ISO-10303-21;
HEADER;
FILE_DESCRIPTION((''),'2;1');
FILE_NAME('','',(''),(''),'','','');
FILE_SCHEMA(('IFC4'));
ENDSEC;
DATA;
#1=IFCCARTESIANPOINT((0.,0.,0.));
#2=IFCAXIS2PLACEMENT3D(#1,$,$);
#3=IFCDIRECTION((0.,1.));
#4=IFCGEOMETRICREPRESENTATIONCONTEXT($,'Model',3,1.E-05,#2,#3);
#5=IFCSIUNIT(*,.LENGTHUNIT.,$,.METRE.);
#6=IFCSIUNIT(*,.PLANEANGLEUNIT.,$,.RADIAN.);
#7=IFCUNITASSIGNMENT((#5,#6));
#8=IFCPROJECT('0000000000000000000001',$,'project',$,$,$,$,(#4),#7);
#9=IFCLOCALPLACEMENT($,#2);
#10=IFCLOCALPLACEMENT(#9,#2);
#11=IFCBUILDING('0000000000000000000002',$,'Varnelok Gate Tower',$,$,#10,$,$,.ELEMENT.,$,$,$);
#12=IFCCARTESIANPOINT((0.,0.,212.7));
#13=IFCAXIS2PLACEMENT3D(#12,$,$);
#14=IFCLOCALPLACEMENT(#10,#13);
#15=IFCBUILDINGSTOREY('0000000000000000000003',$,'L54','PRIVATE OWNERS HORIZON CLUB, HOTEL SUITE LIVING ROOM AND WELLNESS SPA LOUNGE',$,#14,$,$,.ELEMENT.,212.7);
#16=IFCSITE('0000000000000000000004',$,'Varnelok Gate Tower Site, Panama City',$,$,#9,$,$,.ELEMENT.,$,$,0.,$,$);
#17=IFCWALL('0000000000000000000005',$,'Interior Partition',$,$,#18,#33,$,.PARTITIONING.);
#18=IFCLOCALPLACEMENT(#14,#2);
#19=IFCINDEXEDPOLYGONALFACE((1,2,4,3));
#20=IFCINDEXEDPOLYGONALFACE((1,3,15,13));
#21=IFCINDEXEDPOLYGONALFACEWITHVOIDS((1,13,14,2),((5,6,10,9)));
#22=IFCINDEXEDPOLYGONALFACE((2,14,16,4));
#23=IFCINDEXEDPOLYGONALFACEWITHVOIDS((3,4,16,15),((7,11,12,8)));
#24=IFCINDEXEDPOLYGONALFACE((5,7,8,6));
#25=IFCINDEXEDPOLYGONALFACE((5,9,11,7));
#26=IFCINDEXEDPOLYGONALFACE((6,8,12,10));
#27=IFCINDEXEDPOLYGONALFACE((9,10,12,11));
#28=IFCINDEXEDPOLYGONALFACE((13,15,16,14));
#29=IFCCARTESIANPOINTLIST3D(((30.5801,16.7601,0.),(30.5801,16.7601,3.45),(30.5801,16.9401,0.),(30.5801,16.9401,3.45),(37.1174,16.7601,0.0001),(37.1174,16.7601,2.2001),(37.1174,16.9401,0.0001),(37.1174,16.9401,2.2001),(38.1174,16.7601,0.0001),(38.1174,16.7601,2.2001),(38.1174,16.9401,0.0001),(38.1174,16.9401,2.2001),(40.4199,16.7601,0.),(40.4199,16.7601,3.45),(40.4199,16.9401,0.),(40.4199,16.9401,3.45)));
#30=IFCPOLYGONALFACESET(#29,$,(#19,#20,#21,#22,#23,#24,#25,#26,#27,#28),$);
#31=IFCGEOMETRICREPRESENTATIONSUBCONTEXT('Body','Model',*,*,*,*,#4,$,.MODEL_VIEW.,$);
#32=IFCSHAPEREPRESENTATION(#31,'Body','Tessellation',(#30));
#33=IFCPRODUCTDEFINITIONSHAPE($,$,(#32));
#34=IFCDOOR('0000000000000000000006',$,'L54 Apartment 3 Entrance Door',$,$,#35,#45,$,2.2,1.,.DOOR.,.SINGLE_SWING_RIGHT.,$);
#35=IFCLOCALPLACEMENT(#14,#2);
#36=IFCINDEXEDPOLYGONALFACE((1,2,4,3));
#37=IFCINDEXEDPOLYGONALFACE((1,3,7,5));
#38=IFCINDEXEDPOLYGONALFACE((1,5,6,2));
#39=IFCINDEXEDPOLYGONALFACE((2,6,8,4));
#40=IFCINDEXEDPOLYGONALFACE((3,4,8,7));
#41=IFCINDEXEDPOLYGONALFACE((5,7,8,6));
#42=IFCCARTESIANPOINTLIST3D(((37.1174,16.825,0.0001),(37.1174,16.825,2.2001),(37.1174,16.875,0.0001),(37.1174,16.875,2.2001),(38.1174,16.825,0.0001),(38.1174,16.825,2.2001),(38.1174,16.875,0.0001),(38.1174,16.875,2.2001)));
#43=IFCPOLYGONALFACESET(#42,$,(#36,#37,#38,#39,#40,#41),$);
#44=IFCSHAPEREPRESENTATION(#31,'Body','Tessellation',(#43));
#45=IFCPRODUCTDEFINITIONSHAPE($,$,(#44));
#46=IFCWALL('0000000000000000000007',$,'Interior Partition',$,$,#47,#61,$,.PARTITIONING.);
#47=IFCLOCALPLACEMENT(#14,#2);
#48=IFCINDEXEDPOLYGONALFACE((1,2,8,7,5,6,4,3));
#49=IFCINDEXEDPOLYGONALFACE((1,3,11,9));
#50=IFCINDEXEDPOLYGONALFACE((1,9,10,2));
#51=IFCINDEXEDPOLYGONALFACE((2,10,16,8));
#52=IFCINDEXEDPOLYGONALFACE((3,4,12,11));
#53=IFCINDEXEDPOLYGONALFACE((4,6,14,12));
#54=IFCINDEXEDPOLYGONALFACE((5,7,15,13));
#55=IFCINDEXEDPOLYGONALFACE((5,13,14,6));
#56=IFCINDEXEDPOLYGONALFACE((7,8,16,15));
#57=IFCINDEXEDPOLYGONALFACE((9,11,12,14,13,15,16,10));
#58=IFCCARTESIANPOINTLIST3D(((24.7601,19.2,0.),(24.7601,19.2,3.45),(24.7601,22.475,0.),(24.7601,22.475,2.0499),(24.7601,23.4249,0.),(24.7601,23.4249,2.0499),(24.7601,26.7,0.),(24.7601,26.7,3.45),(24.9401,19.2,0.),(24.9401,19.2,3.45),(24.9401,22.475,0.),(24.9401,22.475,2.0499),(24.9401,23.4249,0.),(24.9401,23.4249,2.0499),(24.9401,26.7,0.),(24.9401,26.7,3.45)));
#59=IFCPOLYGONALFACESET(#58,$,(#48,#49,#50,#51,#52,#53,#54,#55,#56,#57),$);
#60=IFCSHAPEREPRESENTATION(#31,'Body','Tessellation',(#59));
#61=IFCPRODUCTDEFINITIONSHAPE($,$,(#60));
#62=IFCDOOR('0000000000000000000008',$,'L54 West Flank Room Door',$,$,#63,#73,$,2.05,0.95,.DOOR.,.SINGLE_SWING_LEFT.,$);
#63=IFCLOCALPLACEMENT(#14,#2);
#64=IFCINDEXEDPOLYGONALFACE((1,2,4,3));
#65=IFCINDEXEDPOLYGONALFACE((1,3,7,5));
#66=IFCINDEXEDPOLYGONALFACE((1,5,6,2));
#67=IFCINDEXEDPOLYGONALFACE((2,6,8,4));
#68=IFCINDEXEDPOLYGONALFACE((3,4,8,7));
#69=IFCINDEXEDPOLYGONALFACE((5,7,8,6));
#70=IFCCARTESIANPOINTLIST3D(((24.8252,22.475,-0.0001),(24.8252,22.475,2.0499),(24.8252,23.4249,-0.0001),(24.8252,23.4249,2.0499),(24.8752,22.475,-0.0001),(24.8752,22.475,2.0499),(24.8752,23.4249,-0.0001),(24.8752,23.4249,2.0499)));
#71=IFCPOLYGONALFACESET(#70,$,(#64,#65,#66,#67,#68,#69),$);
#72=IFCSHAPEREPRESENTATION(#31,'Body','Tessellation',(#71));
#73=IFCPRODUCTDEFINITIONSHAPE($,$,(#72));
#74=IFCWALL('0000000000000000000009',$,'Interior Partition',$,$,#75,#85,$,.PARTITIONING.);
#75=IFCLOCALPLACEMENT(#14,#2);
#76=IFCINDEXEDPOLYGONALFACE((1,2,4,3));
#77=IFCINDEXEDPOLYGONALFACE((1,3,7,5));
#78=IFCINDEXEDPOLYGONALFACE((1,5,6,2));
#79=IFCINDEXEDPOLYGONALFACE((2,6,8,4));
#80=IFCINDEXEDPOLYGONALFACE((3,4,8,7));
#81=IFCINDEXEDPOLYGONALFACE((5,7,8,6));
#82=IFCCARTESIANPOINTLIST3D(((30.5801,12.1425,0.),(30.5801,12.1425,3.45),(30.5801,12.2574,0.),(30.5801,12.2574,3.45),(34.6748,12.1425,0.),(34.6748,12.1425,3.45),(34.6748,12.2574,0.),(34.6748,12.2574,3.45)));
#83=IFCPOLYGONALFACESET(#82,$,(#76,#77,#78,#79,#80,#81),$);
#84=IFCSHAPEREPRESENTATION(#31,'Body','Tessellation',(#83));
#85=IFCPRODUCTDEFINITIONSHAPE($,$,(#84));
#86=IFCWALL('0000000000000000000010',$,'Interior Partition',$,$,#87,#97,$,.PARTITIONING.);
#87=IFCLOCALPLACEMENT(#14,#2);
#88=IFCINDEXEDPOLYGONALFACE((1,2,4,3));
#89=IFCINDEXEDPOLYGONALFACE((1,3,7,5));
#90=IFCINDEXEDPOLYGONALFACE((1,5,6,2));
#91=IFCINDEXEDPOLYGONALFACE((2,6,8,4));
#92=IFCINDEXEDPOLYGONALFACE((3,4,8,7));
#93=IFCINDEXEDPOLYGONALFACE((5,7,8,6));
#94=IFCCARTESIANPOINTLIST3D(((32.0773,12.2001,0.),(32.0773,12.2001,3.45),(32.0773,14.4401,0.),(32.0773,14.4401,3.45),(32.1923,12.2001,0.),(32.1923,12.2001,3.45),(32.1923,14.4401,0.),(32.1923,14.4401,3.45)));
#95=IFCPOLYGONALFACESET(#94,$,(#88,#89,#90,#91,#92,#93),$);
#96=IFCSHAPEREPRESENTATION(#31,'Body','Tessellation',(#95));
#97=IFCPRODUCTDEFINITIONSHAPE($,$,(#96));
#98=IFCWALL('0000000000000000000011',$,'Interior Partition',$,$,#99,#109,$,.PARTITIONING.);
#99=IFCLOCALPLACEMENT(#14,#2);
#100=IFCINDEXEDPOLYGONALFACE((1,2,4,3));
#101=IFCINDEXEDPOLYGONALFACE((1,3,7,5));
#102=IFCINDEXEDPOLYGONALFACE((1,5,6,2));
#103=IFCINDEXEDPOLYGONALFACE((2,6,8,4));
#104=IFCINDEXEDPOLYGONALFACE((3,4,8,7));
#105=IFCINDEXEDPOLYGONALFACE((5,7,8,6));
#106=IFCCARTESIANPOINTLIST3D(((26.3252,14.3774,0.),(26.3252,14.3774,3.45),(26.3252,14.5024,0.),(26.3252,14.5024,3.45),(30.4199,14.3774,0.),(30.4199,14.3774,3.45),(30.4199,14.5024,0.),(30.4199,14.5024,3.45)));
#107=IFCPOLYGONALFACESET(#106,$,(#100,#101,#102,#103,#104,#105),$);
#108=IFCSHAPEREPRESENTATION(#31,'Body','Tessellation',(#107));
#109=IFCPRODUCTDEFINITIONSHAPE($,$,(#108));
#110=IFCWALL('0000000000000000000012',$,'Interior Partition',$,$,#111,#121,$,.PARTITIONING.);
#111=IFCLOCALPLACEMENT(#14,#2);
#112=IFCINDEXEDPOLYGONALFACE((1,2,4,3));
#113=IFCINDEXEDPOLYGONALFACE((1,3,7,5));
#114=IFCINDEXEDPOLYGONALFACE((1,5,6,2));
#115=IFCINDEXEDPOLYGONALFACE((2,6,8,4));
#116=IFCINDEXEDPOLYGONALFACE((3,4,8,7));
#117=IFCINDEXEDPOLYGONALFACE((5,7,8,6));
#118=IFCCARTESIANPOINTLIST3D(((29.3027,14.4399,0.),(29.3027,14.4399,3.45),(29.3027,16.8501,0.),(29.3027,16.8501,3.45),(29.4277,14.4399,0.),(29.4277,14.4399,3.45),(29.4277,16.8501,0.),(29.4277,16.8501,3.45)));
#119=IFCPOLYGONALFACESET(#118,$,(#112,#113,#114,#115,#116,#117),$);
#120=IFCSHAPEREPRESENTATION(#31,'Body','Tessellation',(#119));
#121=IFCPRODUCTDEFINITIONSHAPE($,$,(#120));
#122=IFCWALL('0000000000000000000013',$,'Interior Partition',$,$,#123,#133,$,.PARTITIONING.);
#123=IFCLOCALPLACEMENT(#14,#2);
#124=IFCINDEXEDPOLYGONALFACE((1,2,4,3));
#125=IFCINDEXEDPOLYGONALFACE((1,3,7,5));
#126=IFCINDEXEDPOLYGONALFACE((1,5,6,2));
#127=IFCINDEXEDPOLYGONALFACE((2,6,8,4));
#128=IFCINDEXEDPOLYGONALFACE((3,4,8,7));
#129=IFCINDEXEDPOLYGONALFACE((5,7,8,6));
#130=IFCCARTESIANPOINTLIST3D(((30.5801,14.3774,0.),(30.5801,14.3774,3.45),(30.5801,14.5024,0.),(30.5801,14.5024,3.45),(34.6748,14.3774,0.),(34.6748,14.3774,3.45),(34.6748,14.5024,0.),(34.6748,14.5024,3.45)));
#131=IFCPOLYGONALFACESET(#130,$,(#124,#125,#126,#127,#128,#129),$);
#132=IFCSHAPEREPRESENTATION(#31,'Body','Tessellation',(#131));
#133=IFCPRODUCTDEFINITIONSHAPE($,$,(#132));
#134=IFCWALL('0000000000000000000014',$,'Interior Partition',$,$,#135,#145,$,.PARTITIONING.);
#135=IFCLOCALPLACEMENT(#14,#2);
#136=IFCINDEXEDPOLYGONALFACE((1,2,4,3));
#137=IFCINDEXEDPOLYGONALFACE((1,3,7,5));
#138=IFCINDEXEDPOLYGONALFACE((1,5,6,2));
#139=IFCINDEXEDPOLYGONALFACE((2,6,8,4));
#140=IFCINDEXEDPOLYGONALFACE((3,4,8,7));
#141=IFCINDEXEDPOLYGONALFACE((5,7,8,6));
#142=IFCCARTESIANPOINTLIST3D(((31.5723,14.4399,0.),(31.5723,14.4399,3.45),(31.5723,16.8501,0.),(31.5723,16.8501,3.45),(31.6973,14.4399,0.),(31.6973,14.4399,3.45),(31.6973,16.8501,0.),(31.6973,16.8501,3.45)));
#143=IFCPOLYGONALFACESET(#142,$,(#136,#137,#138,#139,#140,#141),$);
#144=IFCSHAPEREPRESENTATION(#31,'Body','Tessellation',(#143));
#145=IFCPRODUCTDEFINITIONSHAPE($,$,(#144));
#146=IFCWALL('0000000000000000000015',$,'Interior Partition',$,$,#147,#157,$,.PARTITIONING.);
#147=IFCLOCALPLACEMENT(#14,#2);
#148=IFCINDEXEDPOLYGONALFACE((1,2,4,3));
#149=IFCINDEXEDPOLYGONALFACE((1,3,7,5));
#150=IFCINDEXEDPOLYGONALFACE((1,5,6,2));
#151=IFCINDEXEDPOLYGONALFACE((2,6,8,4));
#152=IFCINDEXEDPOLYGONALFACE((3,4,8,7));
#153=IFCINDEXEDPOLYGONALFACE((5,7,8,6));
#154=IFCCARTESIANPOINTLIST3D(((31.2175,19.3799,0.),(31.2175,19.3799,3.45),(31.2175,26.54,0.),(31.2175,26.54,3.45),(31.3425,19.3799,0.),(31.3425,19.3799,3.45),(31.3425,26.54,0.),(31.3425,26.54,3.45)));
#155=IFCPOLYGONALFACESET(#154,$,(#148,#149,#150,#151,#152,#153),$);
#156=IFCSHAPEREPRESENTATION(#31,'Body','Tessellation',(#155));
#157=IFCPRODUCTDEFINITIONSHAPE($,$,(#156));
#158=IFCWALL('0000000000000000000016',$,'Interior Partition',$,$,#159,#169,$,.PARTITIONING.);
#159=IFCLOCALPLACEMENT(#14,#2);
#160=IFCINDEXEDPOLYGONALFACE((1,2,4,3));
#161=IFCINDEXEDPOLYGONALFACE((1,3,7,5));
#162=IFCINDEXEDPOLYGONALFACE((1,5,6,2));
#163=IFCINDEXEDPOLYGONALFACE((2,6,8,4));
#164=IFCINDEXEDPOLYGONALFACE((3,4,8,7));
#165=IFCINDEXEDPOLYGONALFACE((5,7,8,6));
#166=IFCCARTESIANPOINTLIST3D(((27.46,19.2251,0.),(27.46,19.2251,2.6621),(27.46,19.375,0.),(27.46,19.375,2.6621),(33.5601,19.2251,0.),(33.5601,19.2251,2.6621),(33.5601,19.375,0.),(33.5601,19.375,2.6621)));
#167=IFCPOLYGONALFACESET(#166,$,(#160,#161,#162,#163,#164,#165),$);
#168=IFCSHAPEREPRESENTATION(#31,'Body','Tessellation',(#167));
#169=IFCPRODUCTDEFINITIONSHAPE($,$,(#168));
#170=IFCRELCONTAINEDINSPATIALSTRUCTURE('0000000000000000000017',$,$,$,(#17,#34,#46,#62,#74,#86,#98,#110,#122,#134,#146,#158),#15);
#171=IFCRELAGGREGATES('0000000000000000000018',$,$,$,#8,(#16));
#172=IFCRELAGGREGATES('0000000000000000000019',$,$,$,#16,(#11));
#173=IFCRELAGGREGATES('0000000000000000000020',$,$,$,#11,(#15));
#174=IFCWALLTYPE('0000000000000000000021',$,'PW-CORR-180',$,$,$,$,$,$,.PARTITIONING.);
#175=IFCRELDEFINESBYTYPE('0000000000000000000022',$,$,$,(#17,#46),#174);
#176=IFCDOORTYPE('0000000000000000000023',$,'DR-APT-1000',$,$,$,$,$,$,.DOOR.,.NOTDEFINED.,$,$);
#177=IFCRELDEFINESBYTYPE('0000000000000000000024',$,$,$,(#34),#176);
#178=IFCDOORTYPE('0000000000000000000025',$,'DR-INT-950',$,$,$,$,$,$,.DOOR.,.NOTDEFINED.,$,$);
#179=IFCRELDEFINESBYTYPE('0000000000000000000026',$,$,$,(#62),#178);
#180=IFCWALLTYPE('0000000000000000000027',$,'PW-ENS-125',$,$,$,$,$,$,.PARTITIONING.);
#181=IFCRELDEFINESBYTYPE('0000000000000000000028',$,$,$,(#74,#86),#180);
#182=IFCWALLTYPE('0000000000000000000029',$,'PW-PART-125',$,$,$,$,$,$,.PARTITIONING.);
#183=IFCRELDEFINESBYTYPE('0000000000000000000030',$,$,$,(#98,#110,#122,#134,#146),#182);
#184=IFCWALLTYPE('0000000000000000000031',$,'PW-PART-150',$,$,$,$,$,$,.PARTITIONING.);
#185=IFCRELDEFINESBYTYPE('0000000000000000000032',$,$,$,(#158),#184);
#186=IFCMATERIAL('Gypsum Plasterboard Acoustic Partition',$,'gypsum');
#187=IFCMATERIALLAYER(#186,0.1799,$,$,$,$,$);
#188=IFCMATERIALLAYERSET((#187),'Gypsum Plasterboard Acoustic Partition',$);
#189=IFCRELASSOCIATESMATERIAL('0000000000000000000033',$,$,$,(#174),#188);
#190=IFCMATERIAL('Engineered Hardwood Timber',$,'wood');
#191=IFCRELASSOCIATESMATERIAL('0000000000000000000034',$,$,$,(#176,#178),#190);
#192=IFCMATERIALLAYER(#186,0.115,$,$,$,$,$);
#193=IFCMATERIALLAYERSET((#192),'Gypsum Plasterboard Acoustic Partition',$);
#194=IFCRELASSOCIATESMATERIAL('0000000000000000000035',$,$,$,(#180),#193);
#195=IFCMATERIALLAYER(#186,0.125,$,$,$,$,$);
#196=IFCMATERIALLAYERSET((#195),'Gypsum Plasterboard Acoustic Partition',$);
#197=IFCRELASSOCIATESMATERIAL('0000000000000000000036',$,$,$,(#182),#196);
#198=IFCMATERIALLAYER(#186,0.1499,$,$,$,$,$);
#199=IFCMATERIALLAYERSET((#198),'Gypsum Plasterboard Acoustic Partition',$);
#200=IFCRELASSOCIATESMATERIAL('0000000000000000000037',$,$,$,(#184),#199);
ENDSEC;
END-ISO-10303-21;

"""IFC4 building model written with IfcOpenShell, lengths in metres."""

from ifc_helpers import new_model, si_unit, direction, frame, frame_2d, origin, place, context, subcontext, project, spatial, rectangle, extrude, material, layer, layer_set, type_object, element, fill, save


model = new_model("IFC4")

# Units and contexts
model_context = context("Model", 3, precision=1e-05, world=origin(), true_north=direction((0.0, 1.0)))
body_context = subcontext(model_context, "Body", "Model", "MODEL_VIEW")
ifc_project = project(units=[si_unit("LENGTHUNIT", "METRE"), si_unit("PLANEANGLEUNIT", "RADIAN")], contexts=[model_context])

# Site, building, storey
site_placement = place(None, origin())
site = spatial("IfcSite", under=ifc_project, at=site_placement, Name="Varnelok Gate Tower Site, Panama City", CompositionType="ELEMENT", RefElevation=0.0)
building_placement = place(site_placement, origin())
building = spatial("IfcBuilding", under=site, at=building_placement, Name="Varnelok Gate Tower", CompositionType="ELEMENT")
storey_placement = place(building_placement, frame((0.0, 0.0, 212.7)))
storey = spatial("IfcBuildingStorey", under=building, at=storey_placement, Name="L54", Description="PRIVATE OWNERS HORIZON CLUB, HOTEL SUITE LIVING ROOM AND WELLNESS SPA LOUNGE", CompositionType="ELEMENT", Elevation=212.7)

# Walls, openings, doors
ifc_material_1 = material(Name="Gypsum Plasterboard Acoustic Partition", Category="gypsum")
ifc_layer_1 = layer(ifc_material_1, 0.1799)
ifc_layer_set_1 = layer_set([ifc_layer_1], Name="Gypsum Plasterboard Acoustic Partition")
wall_type_1 = type_object("IfcWallType", Name="PW-CORR-180", PredefinedType="PARTITIONING", material=ifc_layer_set_1)
ifc_material_2 = material(Name="Engineered Hardwood Timber", Category="wood")
door_type_1 = type_object("IfcDoorType", Name="DR-APT-1000", OperationType="NOTDEFINED", PredefinedType="DOOR", material=ifc_material_2)
wall_1_placement = place(storey_placement, frame((30.5801, 16.8501, 0.0), z_axis=(0.0, 0.0, 1.0), x_axis=(1.0, 0.0, 0.0)))
wall_1 = element("IfcWall", 1, at=wall_1_placement, inside=storey, type_object=wall_type_1, Name="Interior Partition", PredefinedType="PARTITIONING", context=body_context, shape_type="SweptSolid", body=[
    extrude(rectangle(XDim=9.8398, YDim=0.1799, at=frame_2d((4.9199, 0.0))), origin(), (0.0, 0.0, 1.0), 3.45),
])
opening_1_placement = place(wall_1_placement, frame((6.5374, 0.0, 0.0)))
opening_1 = element("IfcOpeningElement", 2, at=opening_1_placement, cuts=wall_1, PredefinedType="OPENING", context=body_context, shape_type="SweptSolid", body=[
    extrude(rectangle(XDim=1.0, YDim=2.2, at=frame_2d((0.5, 1.1001))), frame((0.0, 0.0999, 0.0), z_axis=(0.0, -1.0, 0.0), x_axis=(1.0, 0.0, 0.0)), (0.0, 0.0, 1.0), 0.2),
])
door_1_placement = place(opening_1_placement, origin())
door_1 = element("IfcDoor", 3, at=door_1_placement, inside=storey, type_object=door_type_1, Name="L54 Apartment 3 Entrance Door", OperationType="SINGLE_SWING_RIGHT", OverallHeight=2.2, OverallWidth=1.0, PredefinedType="DOOR", context=body_context, shape_type="SweptSolid", body=[
    extrude(rectangle(XDim=1.0, YDim=2.2, at=frame_2d((0.5, 1.1001))), frame((0.0, 0.0249, 0.0), z_axis=(0.0, -1.0, 0.0), x_axis=(1.0, 0.0, 0.0)), (0.0, 0.0, 1.0), 0.05),
])
fill(opening_1, door_1)
wall_2_placement = place(storey_placement, frame((24.8501, 19.2, 0.0), z_axis=(0.0, 0.0, 1.0), x_axis=(0.0, 1.0, 0.0)))
wall_2 = element("IfcWall", 4, at=wall_2_placement, inside=storey, type_object=wall_type_1, Name="Interior Partition", PredefinedType="PARTITIONING", context=body_context, shape_type="SweptSolid", body=[
    extrude(rectangle(XDim=7.5, YDim=0.1799, at=frame_2d((3.75, 0.0))), origin(), (0.0, 0.0, 1.0), 3.45),
])
opening_2_placement = place(wall_2_placement, frame((3.2749, 0.0, 0.0)))
opening_2 = element("IfcOpeningElement", 5, at=opening_2_placement, cuts=wall_2, PredefinedType="OPENING", context=body_context, shape_type="SweptSolid", body=[
    extrude(rectangle(XDim=0.95, YDim=2.05, at=frame_2d((0.4751, 1.0249))), frame((0.0, 0.0999, 0.0), z_axis=(0.0, -1.0, 0.0), x_axis=(1.0, 0.0, 0.0)), (0.0, 0.0, 1.0), 0.2),
])
door_type_2 = type_object("IfcDoorType", Name="DR-INT-950", OperationType="NOTDEFINED", PredefinedType="DOOR", material=ifc_material_2)
door_2_placement = place(opening_2_placement, origin())
door_2 = element("IfcDoor", 6, at=door_2_placement, inside=storey, type_object=door_type_2, Name="L54 West Flank Room Door", OperationType="SINGLE_SWING_LEFT", OverallHeight=2.05, OverallWidth=0.95, PredefinedType="DOOR", context=body_context, shape_type="SweptSolid", body=[
    extrude(rectangle(XDim=0.95, YDim=2.05, at=frame_2d((0.4751, 1.0249))), frame((0.0, 0.0249, 0.0), z_axis=(0.0, -1.0, 0.0), x_axis=(1.0, 0.0, 0.0)), (0.0, 0.0, 1.0), 0.05),
])
fill(opening_2, door_2)

# Walls
ifc_layer_2 = layer(ifc_material_1, 0.115)
ifc_layer_set_2 = layer_set([ifc_layer_2], Name="Gypsum Plasterboard Acoustic Partition")
wall_type_2 = type_object("IfcWallType", Name="PW-ENS-125", PredefinedType="PARTITIONING", material=ifc_layer_set_2)
wall_3_placement = place(storey_placement, frame((30.5801, 12.2, 0.0), z_axis=(0.0, 0.0, 1.0), x_axis=(1.0, 0.0, 0.0)))
element("IfcWall", 7, at=wall_3_placement, inside=storey, type_object=wall_type_2, Name="Interior Partition", PredefinedType="PARTITIONING", context=body_context, shape_type="SweptSolid", body=[
    extrude(rectangle(XDim=4.0947, YDim=0.115, at=frame_2d((2.0474, 0.0))), origin(), (0.0, 0.0, 1.0), 3.45),
])
wall_4_placement = place(storey_placement, frame((32.1348, 12.2, 0.0), z_axis=(0.0, 0.0, 1.0), x_axis=(0.0, 1.0, 0.0)))
element("IfcWall", 8, at=wall_4_placement, inside=storey, type_object=wall_type_2, Name="Interior Partition", PredefinedType="PARTITIONING", context=body_context, shape_type="SweptSolid", body=[
    extrude(rectangle(XDim=2.24, YDim=0.115, at=frame_2d((1.1201, 0.0))), origin(), (0.0, 0.0, 1.0), 3.45),
])
ifc_layer_3 = layer(ifc_material_1, 0.125)
ifc_layer_set_3 = layer_set([ifc_layer_3], Name="Gypsum Plasterboard Acoustic Partition")
wall_type_3 = type_object("IfcWallType", Name="PW-PART-125", PredefinedType="PARTITIONING", material=ifc_layer_set_3)
wall_5_placement = place(storey_placement, frame((26.3252, 14.4399, 0.0), z_axis=(0.0, 0.0, 1.0), x_axis=(1.0, 0.0, 0.0)))
element("IfcWall", 9, at=wall_5_placement, inside=storey, type_object=wall_type_3, Name="Interior Partition", PredefinedType="PARTITIONING", context=body_context, shape_type="SweptSolid", body=[
    extrude(rectangle(XDim=4.0947, YDim=0.125, at=frame_2d((2.0474, 0.0))), origin(), (0.0, 0.0, 1.0), 3.45),
])
wall_6_placement = place(storey_placement, frame((29.3652, 14.4399, 0.0), z_axis=(0.0, 0.0, 1.0), x_axis=(0.0, 1.0, 0.0)))
element("IfcWall", 10, at=wall_6_placement, inside=storey, type_object=wall_type_3, Name="Interior Partition", PredefinedType="PARTITIONING", context=body_context, shape_type="SweptSolid", body=[
    extrude(rectangle(XDim=2.4102, YDim=0.125, at=frame_2d((1.2051, 0.0))), origin(), (0.0, 0.0, 1.0), 3.45),
])
wall_7_placement = place(storey_placement, frame((30.5801, 14.4399, 0.0), z_axis=(0.0, 0.0, 1.0), x_axis=(1.0, 0.0, 0.0)))
element("IfcWall", 11, at=wall_7_placement, inside=storey, type_object=wall_type_3, Name="Interior Partition", PredefinedType="PARTITIONING", context=body_context, shape_type="SweptSolid", body=[
    extrude(rectangle(XDim=4.0947, YDim=0.125, at=frame_2d((2.0474, 0.0))), origin(), (0.0, 0.0, 1.0), 3.45),
])
wall_8_placement = place(storey_placement, frame((31.6348, 14.4399, 0.0), z_axis=(0.0, 0.0, 1.0), x_axis=(0.0, 1.0, 0.0)))
element("IfcWall", 12, at=wall_8_placement, inside=storey, type_object=wall_type_3, Name="Interior Partition", PredefinedType="PARTITIONING", context=body_context, shape_type="SweptSolid", body=[
    extrude(rectangle(XDim=2.4102, YDim=0.125, at=frame_2d((1.2051, 0.0))), origin(), (0.0, 0.0, 1.0), 3.45),
])
wall_9_placement = place(storey_placement, frame((31.28, 19.3799, 0.0), z_axis=(0.0, 0.0, 1.0), x_axis=(0.0, 1.0, 0.0)))
element("IfcWall", 13, at=wall_9_placement, inside=storey, type_object=wall_type_3, Name="Interior Partition", PredefinedType="PARTITIONING", context=body_context, shape_type="SweptSolid", body=[
    extrude(rectangle(XDim=7.1602, YDim=0.125, at=frame_2d((3.5801, 0.0))), origin(), (0.0, 0.0, 1.0), 3.45),
])
ifc_layer_4 = layer(ifc_material_1, 0.1499)
ifc_layer_set_4 = layer_set([ifc_layer_4], Name="Gypsum Plasterboard Acoustic Partition")
wall_type_4 = type_object("IfcWallType", Name="PW-PART-150", PredefinedType="PARTITIONING", material=ifc_layer_set_4)
wall_10_placement = place(storey_placement, frame((27.46, 19.3, 0.0), z_axis=(0.0, 0.0, 1.0), x_axis=(1.0, 0.0, 0.0)))
element("IfcWall", 14, at=wall_10_placement, inside=storey, type_object=wall_type_4, Name="Interior Partition", PredefinedType="PARTITIONING", context=body_context, shape_type="SweptSolid", body=[
    extrude(rectangle(XDim=6.1001, YDim=0.1499, at=frame_2d((3.05, 0.0))), origin(), (0.0, 0.0, 1.0), 2.6621),
])

save(model, "model.ifc")
